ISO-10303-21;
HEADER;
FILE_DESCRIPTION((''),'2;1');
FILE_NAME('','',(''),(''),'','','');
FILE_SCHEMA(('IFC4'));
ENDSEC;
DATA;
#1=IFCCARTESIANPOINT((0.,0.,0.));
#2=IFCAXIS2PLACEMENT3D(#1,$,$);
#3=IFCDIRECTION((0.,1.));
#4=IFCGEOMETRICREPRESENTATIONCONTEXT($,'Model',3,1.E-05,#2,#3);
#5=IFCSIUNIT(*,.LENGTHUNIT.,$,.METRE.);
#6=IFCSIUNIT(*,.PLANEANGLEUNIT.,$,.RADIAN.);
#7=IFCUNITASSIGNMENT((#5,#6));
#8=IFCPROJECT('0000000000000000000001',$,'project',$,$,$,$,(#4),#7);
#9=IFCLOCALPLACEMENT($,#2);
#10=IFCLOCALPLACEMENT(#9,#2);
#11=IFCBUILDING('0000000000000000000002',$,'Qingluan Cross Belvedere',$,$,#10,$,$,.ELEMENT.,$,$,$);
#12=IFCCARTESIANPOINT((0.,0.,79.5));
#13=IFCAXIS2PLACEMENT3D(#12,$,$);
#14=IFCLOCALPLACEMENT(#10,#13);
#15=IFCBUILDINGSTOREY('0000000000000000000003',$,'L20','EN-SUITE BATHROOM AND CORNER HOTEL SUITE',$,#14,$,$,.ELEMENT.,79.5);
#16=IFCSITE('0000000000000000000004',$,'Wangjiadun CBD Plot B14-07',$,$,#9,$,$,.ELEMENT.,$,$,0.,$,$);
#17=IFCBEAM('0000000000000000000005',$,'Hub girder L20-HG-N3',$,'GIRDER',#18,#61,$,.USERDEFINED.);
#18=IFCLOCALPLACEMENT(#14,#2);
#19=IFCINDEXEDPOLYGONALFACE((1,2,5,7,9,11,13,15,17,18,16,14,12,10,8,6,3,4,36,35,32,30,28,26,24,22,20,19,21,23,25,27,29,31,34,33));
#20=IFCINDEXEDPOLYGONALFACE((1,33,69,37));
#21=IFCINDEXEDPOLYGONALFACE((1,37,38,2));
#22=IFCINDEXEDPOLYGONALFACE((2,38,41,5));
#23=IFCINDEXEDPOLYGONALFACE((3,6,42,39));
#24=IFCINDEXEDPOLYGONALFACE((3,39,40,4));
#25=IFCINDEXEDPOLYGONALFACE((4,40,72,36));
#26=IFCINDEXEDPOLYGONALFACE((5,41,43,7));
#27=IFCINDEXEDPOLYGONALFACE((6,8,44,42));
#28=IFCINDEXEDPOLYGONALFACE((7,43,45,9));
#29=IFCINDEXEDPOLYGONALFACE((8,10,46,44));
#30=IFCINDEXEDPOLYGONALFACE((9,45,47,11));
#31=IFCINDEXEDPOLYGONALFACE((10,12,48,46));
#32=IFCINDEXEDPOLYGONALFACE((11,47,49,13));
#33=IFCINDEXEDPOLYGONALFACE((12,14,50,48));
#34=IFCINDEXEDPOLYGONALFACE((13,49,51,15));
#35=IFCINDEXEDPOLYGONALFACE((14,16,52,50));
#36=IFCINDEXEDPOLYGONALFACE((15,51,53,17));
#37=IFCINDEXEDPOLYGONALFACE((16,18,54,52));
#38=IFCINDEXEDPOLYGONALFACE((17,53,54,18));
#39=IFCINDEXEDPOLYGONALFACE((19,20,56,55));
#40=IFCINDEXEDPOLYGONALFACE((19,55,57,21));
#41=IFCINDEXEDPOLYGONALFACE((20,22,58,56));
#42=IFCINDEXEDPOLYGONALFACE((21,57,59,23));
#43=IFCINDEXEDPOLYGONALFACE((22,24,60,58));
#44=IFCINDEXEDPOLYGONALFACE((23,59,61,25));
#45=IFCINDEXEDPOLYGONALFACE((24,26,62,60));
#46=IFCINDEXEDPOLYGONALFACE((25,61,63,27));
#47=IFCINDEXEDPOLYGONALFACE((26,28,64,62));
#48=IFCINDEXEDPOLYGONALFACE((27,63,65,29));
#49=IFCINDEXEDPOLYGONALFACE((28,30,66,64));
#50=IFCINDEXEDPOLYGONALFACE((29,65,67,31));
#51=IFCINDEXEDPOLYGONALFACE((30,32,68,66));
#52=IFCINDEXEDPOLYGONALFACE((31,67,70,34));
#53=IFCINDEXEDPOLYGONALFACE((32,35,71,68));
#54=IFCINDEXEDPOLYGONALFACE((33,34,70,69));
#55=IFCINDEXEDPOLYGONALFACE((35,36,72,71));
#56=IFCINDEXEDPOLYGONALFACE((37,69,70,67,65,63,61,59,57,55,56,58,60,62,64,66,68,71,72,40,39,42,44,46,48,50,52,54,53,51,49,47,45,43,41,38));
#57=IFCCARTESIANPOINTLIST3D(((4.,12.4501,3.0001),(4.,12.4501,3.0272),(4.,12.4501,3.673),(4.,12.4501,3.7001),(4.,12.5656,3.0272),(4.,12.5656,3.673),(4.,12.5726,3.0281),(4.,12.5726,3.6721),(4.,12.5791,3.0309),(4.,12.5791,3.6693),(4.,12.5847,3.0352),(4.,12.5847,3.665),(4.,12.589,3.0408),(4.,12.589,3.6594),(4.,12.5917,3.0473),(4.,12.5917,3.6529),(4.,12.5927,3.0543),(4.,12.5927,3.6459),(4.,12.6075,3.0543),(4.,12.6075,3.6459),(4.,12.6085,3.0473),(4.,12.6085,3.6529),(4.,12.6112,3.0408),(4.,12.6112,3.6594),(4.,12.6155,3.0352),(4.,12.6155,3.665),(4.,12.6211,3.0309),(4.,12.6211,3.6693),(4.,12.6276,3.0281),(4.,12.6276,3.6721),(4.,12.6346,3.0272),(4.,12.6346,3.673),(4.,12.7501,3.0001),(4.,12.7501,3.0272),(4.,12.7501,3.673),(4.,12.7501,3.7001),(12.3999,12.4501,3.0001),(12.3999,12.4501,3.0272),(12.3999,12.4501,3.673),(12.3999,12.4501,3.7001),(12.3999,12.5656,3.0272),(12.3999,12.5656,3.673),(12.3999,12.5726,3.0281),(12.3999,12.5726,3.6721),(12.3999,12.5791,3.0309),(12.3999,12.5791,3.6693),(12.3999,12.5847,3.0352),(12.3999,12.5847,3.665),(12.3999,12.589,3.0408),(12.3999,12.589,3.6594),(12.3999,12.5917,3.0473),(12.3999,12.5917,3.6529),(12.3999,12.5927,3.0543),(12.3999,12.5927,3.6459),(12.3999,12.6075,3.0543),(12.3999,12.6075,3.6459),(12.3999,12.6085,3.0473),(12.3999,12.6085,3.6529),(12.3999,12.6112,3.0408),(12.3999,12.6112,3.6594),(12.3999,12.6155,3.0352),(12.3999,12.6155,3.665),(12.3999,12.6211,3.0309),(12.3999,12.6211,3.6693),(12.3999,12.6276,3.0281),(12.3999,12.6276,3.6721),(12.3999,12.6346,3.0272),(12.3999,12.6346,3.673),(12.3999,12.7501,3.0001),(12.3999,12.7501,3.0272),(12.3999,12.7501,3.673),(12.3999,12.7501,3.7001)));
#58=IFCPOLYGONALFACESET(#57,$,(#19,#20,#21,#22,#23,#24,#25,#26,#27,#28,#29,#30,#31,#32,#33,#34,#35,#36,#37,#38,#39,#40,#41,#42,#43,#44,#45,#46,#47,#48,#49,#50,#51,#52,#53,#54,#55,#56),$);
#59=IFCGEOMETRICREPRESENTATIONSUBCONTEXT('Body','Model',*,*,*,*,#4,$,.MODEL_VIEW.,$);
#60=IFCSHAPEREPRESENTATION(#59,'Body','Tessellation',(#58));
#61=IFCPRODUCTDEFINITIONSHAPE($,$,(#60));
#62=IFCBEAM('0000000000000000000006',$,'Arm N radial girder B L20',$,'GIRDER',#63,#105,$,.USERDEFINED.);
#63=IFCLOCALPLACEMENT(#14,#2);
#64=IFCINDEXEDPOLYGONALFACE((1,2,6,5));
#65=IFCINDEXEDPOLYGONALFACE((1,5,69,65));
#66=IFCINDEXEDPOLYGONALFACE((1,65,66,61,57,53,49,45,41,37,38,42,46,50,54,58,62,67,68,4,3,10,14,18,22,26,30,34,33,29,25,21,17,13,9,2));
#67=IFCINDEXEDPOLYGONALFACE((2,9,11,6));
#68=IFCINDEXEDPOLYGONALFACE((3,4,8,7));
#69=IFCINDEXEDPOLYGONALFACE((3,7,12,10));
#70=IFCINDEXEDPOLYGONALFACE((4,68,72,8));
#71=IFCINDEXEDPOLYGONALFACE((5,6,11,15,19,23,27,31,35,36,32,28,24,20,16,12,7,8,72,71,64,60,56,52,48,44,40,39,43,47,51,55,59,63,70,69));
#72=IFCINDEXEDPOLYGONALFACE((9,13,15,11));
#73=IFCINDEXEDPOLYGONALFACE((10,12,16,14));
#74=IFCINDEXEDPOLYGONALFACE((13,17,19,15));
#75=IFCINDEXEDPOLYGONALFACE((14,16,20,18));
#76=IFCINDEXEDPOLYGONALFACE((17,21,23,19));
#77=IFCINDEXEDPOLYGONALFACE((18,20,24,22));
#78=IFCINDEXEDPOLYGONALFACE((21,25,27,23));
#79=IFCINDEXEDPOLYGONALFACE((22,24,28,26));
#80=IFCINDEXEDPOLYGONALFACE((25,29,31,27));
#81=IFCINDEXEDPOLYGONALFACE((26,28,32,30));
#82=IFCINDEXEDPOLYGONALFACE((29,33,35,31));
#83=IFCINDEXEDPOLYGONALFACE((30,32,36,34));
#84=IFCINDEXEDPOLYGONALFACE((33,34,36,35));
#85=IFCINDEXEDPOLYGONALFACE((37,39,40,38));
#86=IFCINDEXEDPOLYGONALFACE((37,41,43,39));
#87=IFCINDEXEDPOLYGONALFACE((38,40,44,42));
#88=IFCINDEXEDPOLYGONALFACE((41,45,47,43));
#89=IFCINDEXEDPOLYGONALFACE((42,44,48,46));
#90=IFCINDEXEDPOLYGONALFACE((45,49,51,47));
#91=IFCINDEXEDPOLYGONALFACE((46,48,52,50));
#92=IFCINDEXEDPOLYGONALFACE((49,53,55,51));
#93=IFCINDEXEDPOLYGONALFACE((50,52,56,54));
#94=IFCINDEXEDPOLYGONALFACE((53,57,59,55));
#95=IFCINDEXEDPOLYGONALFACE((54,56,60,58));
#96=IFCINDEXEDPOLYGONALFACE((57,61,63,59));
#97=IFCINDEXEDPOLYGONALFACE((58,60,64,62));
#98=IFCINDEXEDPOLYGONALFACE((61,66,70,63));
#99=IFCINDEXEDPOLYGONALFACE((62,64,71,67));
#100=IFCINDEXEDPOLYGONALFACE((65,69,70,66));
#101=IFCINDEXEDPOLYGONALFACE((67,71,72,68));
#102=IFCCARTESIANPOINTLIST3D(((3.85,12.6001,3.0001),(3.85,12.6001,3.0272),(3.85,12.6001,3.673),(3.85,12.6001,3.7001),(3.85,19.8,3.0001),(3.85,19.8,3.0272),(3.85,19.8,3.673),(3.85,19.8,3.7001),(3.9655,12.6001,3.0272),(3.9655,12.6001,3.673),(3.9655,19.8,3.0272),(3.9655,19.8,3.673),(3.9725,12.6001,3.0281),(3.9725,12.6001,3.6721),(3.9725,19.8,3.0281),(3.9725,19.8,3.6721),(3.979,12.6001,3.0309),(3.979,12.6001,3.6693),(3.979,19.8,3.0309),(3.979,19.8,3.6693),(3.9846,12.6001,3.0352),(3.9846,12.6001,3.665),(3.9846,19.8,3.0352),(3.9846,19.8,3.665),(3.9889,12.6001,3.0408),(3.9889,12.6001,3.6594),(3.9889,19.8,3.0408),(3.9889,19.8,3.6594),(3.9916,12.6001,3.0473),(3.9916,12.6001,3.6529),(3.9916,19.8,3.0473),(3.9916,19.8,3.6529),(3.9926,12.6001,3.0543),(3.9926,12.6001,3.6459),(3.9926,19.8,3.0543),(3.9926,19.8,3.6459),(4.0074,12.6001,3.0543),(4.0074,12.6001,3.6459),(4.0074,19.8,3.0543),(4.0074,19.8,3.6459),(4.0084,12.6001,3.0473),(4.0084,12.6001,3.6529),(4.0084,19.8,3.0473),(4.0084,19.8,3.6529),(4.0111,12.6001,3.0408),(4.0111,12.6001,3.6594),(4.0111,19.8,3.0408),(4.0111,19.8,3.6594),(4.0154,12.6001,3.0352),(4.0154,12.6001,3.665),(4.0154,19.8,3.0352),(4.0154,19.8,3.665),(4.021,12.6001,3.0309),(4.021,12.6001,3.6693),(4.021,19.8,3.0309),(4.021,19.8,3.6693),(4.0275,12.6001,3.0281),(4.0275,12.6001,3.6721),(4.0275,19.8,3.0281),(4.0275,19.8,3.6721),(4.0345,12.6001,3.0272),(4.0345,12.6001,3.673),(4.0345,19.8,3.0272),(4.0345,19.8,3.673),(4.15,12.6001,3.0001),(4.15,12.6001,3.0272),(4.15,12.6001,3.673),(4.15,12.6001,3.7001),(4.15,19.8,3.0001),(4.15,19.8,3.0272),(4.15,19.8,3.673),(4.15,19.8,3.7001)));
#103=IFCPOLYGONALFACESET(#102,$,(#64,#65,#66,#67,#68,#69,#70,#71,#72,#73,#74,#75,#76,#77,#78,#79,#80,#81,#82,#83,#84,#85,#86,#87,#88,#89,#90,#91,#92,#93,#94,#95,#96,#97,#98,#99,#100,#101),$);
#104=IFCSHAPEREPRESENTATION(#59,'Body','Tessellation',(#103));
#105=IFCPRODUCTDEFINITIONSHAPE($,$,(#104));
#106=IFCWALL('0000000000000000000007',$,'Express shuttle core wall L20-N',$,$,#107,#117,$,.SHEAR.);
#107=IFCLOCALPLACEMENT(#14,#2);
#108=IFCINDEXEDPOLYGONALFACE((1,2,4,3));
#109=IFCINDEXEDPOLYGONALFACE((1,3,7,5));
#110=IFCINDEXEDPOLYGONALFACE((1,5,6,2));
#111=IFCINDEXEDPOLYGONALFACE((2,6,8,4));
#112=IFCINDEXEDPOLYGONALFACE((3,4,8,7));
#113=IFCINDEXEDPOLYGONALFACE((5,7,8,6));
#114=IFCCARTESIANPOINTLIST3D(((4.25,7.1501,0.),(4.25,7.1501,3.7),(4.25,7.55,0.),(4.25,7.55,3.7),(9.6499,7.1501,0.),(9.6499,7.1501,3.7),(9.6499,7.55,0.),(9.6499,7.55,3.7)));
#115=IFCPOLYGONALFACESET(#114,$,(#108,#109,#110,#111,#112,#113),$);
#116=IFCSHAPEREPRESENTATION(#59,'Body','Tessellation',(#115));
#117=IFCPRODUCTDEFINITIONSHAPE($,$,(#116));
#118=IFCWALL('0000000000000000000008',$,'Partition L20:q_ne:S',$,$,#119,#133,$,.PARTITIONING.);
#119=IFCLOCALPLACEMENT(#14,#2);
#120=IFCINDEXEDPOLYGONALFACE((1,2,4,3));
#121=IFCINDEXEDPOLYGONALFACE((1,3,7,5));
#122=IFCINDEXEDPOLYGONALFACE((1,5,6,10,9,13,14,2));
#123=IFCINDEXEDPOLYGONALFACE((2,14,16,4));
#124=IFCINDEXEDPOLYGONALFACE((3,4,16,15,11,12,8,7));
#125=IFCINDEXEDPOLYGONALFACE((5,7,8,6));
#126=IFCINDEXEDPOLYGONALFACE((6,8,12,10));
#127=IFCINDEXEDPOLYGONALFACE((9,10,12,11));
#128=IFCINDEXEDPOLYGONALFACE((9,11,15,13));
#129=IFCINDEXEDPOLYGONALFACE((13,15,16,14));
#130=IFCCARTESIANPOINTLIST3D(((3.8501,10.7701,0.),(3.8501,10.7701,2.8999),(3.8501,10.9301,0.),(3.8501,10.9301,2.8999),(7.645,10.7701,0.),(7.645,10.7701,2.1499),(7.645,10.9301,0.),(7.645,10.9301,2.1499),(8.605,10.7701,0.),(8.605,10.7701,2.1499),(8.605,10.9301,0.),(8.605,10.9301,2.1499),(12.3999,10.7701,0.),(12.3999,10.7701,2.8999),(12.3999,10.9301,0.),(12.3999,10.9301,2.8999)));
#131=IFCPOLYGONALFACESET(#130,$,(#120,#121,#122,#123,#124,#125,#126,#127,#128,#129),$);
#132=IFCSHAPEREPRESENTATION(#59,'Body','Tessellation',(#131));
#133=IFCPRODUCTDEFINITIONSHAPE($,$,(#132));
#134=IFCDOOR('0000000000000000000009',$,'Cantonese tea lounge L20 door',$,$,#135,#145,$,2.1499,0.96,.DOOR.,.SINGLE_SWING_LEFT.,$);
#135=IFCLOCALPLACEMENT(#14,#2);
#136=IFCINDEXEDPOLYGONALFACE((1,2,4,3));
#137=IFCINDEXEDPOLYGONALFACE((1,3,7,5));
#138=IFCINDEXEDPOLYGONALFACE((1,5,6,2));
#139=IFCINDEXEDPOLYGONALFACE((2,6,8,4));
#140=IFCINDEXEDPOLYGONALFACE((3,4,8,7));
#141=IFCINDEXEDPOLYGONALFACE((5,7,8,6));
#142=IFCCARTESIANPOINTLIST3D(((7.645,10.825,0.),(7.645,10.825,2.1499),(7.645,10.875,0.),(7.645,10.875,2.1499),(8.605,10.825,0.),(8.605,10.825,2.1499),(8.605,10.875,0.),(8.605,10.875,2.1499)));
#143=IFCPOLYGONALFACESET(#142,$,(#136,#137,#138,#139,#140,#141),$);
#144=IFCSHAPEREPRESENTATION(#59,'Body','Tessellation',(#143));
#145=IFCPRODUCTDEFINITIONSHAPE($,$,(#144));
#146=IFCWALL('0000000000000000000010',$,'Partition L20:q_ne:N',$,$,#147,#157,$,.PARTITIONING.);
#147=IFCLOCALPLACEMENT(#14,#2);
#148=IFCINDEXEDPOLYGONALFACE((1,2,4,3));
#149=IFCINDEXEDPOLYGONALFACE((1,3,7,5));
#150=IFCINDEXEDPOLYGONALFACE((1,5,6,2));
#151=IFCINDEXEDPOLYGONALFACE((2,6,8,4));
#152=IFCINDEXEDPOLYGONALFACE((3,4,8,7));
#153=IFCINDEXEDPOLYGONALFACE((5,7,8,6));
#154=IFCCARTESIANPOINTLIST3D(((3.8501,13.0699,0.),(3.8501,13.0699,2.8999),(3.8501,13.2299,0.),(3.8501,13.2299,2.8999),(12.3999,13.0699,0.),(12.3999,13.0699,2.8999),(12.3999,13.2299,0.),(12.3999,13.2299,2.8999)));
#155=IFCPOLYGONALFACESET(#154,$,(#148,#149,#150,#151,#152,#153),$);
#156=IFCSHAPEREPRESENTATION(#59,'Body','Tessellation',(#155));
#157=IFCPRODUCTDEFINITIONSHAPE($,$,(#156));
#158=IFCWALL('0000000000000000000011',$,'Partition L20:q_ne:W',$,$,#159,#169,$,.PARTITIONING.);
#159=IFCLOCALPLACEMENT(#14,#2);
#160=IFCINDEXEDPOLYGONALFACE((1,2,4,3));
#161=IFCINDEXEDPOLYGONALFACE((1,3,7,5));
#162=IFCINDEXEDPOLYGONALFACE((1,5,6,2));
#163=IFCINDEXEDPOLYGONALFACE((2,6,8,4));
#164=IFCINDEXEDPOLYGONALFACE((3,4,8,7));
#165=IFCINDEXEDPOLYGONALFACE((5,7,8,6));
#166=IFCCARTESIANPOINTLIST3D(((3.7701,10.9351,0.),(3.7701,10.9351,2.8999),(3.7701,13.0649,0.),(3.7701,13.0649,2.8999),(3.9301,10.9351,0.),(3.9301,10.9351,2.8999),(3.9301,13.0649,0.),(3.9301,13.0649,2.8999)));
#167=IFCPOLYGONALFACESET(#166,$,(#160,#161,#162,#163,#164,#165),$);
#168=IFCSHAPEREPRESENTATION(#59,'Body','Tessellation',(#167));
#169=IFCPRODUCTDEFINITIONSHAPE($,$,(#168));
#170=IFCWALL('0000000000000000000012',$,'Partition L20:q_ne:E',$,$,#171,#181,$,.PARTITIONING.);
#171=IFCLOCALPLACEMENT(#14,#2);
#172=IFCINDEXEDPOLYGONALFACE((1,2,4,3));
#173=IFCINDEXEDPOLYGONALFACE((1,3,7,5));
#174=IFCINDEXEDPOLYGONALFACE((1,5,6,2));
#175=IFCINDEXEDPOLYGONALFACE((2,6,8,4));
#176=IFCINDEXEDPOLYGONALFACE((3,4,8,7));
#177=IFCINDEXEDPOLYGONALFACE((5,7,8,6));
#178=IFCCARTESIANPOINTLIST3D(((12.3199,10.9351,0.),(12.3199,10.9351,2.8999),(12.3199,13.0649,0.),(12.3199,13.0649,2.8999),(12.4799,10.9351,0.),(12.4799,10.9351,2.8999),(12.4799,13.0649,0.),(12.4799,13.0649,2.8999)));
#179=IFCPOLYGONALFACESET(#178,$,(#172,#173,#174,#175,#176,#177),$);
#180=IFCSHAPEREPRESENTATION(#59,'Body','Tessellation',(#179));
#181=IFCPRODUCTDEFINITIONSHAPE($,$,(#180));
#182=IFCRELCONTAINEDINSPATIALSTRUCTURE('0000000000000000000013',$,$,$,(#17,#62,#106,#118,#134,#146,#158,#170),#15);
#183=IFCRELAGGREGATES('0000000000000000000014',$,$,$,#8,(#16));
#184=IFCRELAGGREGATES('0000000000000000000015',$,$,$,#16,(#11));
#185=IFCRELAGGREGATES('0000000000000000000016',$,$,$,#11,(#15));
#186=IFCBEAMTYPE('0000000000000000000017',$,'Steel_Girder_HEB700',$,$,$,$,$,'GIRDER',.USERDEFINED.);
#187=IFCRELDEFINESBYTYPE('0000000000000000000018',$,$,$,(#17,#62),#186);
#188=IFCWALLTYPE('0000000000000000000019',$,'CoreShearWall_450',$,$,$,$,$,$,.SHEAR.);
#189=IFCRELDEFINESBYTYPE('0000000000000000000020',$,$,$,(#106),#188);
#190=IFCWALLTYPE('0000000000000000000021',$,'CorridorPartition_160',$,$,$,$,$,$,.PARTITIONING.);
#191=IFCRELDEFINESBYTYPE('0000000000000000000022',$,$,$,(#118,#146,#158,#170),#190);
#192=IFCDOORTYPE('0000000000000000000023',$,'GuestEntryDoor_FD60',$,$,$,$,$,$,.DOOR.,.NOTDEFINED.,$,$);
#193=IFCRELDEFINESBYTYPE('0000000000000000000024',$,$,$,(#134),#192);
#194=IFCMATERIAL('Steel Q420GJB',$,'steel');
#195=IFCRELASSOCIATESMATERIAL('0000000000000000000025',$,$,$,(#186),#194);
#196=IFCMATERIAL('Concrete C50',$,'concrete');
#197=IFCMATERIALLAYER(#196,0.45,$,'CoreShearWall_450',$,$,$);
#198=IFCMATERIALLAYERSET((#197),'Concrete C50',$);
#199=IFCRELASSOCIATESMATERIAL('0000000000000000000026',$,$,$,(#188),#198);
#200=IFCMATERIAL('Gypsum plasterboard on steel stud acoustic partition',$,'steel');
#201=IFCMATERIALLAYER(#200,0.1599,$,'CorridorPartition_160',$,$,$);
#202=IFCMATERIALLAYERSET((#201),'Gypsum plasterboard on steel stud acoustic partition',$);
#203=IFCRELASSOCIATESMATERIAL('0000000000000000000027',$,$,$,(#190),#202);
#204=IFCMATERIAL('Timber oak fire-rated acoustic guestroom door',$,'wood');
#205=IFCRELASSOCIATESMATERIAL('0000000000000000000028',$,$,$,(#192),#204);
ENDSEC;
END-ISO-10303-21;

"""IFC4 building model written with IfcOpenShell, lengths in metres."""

from ifc_helpers import new_model, si_unit, direction, frame, frame_2d, origin, origin_2d, place, context, subcontext, project, spatial, rectangle, i_section, extrude, material, layer, layer_set, material_profile, profile_set, type_object, element, fill, save


model = new_model("IFC4")

# Units and contexts
model_context = context("Model", 3, precision=1e-05, world=origin(), true_north=direction((0.0, 1.0)))
body_context = subcontext(model_context, "Body", "Model", "MODEL_VIEW")
ifc_project = project(units=[si_unit("LENGTHUNIT", "METRE"), si_unit("PLANEANGLEUNIT", "RADIAN")], contexts=[model_context])

# Site, building, storey
site_placement = place(None, origin())
site = spatial("IfcSite", under=ifc_project, at=site_placement, Name="Wangjiadun CBD Plot B14-07", CompositionType="ELEMENT", RefElevation=0.0)
building_placement = place(site_placement, origin())
building = spatial("IfcBuilding", under=site, at=building_placement, Name="Qingluan Cross Belvedere", CompositionType="ELEMENT")
storey_placement = place(building_placement, frame((0.0, 0.0, 79.5)))
storey = spatial("IfcBuildingStorey", under=building, at=storey_placement, Name="L20", Description="EN-SUITE BATHROOM AND CORNER HOTEL SUITE", CompositionType="ELEMENT", Elevation=79.5)

# Beams
ifc_material_1 = material(Name="Steel Q420GJB", Category="steel")
ifc_material_profile_1 = material_profile(ifc_material_1, i_section(OverallWidth=0.3, OverallDepth=0.7, WebThickness=0.0149, FlangeThickness=0.0271, FilletRadius=0.0271, at=origin_2d()), Name="HEB700")
ifc_profile_set_1 = profile_set([ifc_material_profile_1], Name="Steel Q420GJB")
beam_type_1 = type_object("IfcBeamType", Name="Steel_Girder_HEB700", ElementType="GIRDER", PredefinedType="USERDEFINED", material=ifc_profile_set_1)
beam_1_placement = place(storey_placement, frame((4.0, 12.6001, 3.3501), z_axis=(1.0, 0.0, 0.0), x_axis=(0.0, 1.0, 0.0)))
element("IfcBeam", 1, at=beam_1_placement, inside=storey, type_object=beam_type_1, Name="Hub girder L20-HG-N3", ObjectType="GIRDER", PredefinedType="USERDEFINED", context=body_context, shape_type="SweptSolid", body=[
    extrude(i_section(OverallWidth=0.3, OverallDepth=0.7, WebThickness=0.0149, FlangeThickness=0.0271, FilletRadius=0.0271, at=origin_2d()), origin(), (0.0, 0.0, 1.0), 8.3999),
])
beam_2_placement = place(storey_placement, frame((4.0, 12.6001, 3.3501), z_axis=(0.0, 1.0, 0.0), x_axis=(-1.0, 0.0, 0.0)))
element("IfcBeam", 2, at=beam_2_placement, inside=storey, type_object=beam_type_1, Name="Arm N radial girder B L20", ObjectType="GIRDER", PredefinedType="USERDEFINED", context=body_context, shape_type="SweptSolid", body=[
    extrude(i_section(OverallWidth=0.3, OverallDepth=0.7, WebThickness=0.0149, FlangeThickness=0.0271, FilletRadius=0.0271, at=origin_2d()), origin(), (0.0, 0.0, 1.0), 7.2),
])

# Wall
ifc_material_2 = material(Name="Concrete C50", Category="concrete")
ifc_layer_1 = layer(ifc_material_2, 0.45, Name="CoreShearWall_450")
ifc_layer_set_1 = layer_set([ifc_layer_1], Name="Concrete C50")
wall_type_1 = type_object("IfcWallType", Name="CoreShearWall_450", PredefinedType="SHEAR", material=ifc_layer_set_1)
wall_1_placement = place(storey_placement, frame((4.25, 7.3501, 0.0), z_axis=(0.0, 0.0, 1.0), x_axis=(1.0, 0.0, 0.0)))
element("IfcWall", 3, at=wall_1_placement, inside=storey, type_object=wall_type_1, Name="Express shuttle core wall L20-N", PredefinedType="SHEAR", context=body_context, shape_type="SweptSolid", body=[
    extrude(rectangle(XDim=5.3999, YDim=0.3999, at=frame_2d((2.7, 0.0))), origin(), (0.0, 0.0, 1.0), 3.7),
])

# Wall, opening, door
ifc_material_3 = material(Name="Gypsum plasterboard on steel stud acoustic partition", Category="steel")
ifc_layer_2 = layer(ifc_material_3, 0.1599, Name="CorridorPartition_160")
ifc_layer_set_2 = layer_set([ifc_layer_2], Name="Gypsum plasterboard on steel stud acoustic partition")
wall_type_2 = type_object("IfcWallType", Name="CorridorPartition_160", PredefinedType="PARTITIONING", material=ifc_layer_set_2)
wall_2_placement = place(storey_placement, frame((3.8501, 10.8501, 0.0), z_axis=(0.0, 0.0, 1.0), x_axis=(1.0, 0.0, 0.0)))
wall_2 = element("IfcWall", 4, at=wall_2_placement, inside=storey, type_object=wall_type_2, Name="Partition L20:q_ne:S", PredefinedType="PARTITIONING", context=body_context, shape_type="SweptSolid", body=[
    extrude(rectangle(XDim=8.5498, YDim=0.1599, at=frame_2d((4.2749, 0.0))), origin(), (0.0, 0.0, 1.0), 2.8999),
])
opening_placement = place(wall_2_placement, frame((3.7949, 0.0, 0.0)))
opening = element("IfcOpeningElement", 5, at=opening_placement, cuts=wall_2, PredefinedType="OPENING", context=body_context, shape_type="SweptSolid", body=[
    extrude(rectangle(XDim=0.96, YDim=2.1499, at=frame_2d((0.48, 1.075))), frame((0.0, 0.0898, 0.0), z_axis=(0.0, -1.0, 0.0), x_axis=(1.0, 0.0, 0.0)), (0.0, 0.0, 1.0), 0.1799),
])
ifc_material_4 = material(Name="Timber oak fire-rated acoustic guestroom door", Category="wood")
door_type = type_object("IfcDoorType", Name="GuestEntryDoor_FD60", OperationType="NOTDEFINED", PredefinedType="DOOR", material=ifc_material_4)
door_placement = place(opening_placement, origin())
door = element("IfcDoor", 6, at=door_placement, inside=storey, type_object=door_type, Name="Cantonese tea lounge L20 door", OperationType="SINGLE_SWING_LEFT", OverallHeight=2.1499, OverallWidth=0.96, PredefinedType="DOOR", context=body_context, shape_type="SweptSolid", body=[
    extrude(rectangle(XDim=0.96, YDim=2.1499, at=frame_2d((0.48, 1.075))), frame((0.0, 0.0249, 0.0), z_axis=(0.0, -1.0, 0.0), x_axis=(1.0, 0.0, 0.0)), (0.0, 0.0, 1.0), 0.05),
])
fill(opening, door)

# Walls
wall_3_placement = place(storey_placement, frame((3.8501, 13.1499, 0.0), z_axis=(0.0, 0.0, 1.0), x_axis=(1.0, 0.0, 0.0)))
element("IfcWall", 7, at=wall_3_placement, inside=storey, type_object=wall_type_2, Name="Partition L20:q_ne:N", PredefinedType="PARTITIONING", context=body_context, shape_type="SweptSolid", body=[
    extrude(rectangle(XDim=8.5498, YDim=0.1599, at=frame_2d((4.2749, 0.0))), origin(), (0.0, 0.0, 1.0), 2.8999),
])
for number, where, z_axis, x_axis, name in (
    (8, (3.8501, 10.9351, 0.0), (0.0, 0.0, 1.0), (0.0, 1.0, 0.0), "Partition L20:q_ne:W"),
    (9, (12.3999, 10.9351, 0.0), (0.0, 0.0, 1.0), (0.0, 1.0, 0.0), "Partition L20:q_ne:E"),
):
    element("IfcWall", number, at=place(storey_placement, frame(where, z_axis=z_axis, x_axis=x_axis)), inside=storey, type_object=wall_type_2, Name=name, PredefinedType="PARTITIONING", context=body_context, shape_type="SweptSolid", body=[
        extrude(rectangle(XDim=2.1299, YDim=0.1599, at=frame_2d((1.0649, 0.0))), origin(), (0.0, 0.0, 1.0), 2.8999),
    ])

save(model, "model.ifc")
